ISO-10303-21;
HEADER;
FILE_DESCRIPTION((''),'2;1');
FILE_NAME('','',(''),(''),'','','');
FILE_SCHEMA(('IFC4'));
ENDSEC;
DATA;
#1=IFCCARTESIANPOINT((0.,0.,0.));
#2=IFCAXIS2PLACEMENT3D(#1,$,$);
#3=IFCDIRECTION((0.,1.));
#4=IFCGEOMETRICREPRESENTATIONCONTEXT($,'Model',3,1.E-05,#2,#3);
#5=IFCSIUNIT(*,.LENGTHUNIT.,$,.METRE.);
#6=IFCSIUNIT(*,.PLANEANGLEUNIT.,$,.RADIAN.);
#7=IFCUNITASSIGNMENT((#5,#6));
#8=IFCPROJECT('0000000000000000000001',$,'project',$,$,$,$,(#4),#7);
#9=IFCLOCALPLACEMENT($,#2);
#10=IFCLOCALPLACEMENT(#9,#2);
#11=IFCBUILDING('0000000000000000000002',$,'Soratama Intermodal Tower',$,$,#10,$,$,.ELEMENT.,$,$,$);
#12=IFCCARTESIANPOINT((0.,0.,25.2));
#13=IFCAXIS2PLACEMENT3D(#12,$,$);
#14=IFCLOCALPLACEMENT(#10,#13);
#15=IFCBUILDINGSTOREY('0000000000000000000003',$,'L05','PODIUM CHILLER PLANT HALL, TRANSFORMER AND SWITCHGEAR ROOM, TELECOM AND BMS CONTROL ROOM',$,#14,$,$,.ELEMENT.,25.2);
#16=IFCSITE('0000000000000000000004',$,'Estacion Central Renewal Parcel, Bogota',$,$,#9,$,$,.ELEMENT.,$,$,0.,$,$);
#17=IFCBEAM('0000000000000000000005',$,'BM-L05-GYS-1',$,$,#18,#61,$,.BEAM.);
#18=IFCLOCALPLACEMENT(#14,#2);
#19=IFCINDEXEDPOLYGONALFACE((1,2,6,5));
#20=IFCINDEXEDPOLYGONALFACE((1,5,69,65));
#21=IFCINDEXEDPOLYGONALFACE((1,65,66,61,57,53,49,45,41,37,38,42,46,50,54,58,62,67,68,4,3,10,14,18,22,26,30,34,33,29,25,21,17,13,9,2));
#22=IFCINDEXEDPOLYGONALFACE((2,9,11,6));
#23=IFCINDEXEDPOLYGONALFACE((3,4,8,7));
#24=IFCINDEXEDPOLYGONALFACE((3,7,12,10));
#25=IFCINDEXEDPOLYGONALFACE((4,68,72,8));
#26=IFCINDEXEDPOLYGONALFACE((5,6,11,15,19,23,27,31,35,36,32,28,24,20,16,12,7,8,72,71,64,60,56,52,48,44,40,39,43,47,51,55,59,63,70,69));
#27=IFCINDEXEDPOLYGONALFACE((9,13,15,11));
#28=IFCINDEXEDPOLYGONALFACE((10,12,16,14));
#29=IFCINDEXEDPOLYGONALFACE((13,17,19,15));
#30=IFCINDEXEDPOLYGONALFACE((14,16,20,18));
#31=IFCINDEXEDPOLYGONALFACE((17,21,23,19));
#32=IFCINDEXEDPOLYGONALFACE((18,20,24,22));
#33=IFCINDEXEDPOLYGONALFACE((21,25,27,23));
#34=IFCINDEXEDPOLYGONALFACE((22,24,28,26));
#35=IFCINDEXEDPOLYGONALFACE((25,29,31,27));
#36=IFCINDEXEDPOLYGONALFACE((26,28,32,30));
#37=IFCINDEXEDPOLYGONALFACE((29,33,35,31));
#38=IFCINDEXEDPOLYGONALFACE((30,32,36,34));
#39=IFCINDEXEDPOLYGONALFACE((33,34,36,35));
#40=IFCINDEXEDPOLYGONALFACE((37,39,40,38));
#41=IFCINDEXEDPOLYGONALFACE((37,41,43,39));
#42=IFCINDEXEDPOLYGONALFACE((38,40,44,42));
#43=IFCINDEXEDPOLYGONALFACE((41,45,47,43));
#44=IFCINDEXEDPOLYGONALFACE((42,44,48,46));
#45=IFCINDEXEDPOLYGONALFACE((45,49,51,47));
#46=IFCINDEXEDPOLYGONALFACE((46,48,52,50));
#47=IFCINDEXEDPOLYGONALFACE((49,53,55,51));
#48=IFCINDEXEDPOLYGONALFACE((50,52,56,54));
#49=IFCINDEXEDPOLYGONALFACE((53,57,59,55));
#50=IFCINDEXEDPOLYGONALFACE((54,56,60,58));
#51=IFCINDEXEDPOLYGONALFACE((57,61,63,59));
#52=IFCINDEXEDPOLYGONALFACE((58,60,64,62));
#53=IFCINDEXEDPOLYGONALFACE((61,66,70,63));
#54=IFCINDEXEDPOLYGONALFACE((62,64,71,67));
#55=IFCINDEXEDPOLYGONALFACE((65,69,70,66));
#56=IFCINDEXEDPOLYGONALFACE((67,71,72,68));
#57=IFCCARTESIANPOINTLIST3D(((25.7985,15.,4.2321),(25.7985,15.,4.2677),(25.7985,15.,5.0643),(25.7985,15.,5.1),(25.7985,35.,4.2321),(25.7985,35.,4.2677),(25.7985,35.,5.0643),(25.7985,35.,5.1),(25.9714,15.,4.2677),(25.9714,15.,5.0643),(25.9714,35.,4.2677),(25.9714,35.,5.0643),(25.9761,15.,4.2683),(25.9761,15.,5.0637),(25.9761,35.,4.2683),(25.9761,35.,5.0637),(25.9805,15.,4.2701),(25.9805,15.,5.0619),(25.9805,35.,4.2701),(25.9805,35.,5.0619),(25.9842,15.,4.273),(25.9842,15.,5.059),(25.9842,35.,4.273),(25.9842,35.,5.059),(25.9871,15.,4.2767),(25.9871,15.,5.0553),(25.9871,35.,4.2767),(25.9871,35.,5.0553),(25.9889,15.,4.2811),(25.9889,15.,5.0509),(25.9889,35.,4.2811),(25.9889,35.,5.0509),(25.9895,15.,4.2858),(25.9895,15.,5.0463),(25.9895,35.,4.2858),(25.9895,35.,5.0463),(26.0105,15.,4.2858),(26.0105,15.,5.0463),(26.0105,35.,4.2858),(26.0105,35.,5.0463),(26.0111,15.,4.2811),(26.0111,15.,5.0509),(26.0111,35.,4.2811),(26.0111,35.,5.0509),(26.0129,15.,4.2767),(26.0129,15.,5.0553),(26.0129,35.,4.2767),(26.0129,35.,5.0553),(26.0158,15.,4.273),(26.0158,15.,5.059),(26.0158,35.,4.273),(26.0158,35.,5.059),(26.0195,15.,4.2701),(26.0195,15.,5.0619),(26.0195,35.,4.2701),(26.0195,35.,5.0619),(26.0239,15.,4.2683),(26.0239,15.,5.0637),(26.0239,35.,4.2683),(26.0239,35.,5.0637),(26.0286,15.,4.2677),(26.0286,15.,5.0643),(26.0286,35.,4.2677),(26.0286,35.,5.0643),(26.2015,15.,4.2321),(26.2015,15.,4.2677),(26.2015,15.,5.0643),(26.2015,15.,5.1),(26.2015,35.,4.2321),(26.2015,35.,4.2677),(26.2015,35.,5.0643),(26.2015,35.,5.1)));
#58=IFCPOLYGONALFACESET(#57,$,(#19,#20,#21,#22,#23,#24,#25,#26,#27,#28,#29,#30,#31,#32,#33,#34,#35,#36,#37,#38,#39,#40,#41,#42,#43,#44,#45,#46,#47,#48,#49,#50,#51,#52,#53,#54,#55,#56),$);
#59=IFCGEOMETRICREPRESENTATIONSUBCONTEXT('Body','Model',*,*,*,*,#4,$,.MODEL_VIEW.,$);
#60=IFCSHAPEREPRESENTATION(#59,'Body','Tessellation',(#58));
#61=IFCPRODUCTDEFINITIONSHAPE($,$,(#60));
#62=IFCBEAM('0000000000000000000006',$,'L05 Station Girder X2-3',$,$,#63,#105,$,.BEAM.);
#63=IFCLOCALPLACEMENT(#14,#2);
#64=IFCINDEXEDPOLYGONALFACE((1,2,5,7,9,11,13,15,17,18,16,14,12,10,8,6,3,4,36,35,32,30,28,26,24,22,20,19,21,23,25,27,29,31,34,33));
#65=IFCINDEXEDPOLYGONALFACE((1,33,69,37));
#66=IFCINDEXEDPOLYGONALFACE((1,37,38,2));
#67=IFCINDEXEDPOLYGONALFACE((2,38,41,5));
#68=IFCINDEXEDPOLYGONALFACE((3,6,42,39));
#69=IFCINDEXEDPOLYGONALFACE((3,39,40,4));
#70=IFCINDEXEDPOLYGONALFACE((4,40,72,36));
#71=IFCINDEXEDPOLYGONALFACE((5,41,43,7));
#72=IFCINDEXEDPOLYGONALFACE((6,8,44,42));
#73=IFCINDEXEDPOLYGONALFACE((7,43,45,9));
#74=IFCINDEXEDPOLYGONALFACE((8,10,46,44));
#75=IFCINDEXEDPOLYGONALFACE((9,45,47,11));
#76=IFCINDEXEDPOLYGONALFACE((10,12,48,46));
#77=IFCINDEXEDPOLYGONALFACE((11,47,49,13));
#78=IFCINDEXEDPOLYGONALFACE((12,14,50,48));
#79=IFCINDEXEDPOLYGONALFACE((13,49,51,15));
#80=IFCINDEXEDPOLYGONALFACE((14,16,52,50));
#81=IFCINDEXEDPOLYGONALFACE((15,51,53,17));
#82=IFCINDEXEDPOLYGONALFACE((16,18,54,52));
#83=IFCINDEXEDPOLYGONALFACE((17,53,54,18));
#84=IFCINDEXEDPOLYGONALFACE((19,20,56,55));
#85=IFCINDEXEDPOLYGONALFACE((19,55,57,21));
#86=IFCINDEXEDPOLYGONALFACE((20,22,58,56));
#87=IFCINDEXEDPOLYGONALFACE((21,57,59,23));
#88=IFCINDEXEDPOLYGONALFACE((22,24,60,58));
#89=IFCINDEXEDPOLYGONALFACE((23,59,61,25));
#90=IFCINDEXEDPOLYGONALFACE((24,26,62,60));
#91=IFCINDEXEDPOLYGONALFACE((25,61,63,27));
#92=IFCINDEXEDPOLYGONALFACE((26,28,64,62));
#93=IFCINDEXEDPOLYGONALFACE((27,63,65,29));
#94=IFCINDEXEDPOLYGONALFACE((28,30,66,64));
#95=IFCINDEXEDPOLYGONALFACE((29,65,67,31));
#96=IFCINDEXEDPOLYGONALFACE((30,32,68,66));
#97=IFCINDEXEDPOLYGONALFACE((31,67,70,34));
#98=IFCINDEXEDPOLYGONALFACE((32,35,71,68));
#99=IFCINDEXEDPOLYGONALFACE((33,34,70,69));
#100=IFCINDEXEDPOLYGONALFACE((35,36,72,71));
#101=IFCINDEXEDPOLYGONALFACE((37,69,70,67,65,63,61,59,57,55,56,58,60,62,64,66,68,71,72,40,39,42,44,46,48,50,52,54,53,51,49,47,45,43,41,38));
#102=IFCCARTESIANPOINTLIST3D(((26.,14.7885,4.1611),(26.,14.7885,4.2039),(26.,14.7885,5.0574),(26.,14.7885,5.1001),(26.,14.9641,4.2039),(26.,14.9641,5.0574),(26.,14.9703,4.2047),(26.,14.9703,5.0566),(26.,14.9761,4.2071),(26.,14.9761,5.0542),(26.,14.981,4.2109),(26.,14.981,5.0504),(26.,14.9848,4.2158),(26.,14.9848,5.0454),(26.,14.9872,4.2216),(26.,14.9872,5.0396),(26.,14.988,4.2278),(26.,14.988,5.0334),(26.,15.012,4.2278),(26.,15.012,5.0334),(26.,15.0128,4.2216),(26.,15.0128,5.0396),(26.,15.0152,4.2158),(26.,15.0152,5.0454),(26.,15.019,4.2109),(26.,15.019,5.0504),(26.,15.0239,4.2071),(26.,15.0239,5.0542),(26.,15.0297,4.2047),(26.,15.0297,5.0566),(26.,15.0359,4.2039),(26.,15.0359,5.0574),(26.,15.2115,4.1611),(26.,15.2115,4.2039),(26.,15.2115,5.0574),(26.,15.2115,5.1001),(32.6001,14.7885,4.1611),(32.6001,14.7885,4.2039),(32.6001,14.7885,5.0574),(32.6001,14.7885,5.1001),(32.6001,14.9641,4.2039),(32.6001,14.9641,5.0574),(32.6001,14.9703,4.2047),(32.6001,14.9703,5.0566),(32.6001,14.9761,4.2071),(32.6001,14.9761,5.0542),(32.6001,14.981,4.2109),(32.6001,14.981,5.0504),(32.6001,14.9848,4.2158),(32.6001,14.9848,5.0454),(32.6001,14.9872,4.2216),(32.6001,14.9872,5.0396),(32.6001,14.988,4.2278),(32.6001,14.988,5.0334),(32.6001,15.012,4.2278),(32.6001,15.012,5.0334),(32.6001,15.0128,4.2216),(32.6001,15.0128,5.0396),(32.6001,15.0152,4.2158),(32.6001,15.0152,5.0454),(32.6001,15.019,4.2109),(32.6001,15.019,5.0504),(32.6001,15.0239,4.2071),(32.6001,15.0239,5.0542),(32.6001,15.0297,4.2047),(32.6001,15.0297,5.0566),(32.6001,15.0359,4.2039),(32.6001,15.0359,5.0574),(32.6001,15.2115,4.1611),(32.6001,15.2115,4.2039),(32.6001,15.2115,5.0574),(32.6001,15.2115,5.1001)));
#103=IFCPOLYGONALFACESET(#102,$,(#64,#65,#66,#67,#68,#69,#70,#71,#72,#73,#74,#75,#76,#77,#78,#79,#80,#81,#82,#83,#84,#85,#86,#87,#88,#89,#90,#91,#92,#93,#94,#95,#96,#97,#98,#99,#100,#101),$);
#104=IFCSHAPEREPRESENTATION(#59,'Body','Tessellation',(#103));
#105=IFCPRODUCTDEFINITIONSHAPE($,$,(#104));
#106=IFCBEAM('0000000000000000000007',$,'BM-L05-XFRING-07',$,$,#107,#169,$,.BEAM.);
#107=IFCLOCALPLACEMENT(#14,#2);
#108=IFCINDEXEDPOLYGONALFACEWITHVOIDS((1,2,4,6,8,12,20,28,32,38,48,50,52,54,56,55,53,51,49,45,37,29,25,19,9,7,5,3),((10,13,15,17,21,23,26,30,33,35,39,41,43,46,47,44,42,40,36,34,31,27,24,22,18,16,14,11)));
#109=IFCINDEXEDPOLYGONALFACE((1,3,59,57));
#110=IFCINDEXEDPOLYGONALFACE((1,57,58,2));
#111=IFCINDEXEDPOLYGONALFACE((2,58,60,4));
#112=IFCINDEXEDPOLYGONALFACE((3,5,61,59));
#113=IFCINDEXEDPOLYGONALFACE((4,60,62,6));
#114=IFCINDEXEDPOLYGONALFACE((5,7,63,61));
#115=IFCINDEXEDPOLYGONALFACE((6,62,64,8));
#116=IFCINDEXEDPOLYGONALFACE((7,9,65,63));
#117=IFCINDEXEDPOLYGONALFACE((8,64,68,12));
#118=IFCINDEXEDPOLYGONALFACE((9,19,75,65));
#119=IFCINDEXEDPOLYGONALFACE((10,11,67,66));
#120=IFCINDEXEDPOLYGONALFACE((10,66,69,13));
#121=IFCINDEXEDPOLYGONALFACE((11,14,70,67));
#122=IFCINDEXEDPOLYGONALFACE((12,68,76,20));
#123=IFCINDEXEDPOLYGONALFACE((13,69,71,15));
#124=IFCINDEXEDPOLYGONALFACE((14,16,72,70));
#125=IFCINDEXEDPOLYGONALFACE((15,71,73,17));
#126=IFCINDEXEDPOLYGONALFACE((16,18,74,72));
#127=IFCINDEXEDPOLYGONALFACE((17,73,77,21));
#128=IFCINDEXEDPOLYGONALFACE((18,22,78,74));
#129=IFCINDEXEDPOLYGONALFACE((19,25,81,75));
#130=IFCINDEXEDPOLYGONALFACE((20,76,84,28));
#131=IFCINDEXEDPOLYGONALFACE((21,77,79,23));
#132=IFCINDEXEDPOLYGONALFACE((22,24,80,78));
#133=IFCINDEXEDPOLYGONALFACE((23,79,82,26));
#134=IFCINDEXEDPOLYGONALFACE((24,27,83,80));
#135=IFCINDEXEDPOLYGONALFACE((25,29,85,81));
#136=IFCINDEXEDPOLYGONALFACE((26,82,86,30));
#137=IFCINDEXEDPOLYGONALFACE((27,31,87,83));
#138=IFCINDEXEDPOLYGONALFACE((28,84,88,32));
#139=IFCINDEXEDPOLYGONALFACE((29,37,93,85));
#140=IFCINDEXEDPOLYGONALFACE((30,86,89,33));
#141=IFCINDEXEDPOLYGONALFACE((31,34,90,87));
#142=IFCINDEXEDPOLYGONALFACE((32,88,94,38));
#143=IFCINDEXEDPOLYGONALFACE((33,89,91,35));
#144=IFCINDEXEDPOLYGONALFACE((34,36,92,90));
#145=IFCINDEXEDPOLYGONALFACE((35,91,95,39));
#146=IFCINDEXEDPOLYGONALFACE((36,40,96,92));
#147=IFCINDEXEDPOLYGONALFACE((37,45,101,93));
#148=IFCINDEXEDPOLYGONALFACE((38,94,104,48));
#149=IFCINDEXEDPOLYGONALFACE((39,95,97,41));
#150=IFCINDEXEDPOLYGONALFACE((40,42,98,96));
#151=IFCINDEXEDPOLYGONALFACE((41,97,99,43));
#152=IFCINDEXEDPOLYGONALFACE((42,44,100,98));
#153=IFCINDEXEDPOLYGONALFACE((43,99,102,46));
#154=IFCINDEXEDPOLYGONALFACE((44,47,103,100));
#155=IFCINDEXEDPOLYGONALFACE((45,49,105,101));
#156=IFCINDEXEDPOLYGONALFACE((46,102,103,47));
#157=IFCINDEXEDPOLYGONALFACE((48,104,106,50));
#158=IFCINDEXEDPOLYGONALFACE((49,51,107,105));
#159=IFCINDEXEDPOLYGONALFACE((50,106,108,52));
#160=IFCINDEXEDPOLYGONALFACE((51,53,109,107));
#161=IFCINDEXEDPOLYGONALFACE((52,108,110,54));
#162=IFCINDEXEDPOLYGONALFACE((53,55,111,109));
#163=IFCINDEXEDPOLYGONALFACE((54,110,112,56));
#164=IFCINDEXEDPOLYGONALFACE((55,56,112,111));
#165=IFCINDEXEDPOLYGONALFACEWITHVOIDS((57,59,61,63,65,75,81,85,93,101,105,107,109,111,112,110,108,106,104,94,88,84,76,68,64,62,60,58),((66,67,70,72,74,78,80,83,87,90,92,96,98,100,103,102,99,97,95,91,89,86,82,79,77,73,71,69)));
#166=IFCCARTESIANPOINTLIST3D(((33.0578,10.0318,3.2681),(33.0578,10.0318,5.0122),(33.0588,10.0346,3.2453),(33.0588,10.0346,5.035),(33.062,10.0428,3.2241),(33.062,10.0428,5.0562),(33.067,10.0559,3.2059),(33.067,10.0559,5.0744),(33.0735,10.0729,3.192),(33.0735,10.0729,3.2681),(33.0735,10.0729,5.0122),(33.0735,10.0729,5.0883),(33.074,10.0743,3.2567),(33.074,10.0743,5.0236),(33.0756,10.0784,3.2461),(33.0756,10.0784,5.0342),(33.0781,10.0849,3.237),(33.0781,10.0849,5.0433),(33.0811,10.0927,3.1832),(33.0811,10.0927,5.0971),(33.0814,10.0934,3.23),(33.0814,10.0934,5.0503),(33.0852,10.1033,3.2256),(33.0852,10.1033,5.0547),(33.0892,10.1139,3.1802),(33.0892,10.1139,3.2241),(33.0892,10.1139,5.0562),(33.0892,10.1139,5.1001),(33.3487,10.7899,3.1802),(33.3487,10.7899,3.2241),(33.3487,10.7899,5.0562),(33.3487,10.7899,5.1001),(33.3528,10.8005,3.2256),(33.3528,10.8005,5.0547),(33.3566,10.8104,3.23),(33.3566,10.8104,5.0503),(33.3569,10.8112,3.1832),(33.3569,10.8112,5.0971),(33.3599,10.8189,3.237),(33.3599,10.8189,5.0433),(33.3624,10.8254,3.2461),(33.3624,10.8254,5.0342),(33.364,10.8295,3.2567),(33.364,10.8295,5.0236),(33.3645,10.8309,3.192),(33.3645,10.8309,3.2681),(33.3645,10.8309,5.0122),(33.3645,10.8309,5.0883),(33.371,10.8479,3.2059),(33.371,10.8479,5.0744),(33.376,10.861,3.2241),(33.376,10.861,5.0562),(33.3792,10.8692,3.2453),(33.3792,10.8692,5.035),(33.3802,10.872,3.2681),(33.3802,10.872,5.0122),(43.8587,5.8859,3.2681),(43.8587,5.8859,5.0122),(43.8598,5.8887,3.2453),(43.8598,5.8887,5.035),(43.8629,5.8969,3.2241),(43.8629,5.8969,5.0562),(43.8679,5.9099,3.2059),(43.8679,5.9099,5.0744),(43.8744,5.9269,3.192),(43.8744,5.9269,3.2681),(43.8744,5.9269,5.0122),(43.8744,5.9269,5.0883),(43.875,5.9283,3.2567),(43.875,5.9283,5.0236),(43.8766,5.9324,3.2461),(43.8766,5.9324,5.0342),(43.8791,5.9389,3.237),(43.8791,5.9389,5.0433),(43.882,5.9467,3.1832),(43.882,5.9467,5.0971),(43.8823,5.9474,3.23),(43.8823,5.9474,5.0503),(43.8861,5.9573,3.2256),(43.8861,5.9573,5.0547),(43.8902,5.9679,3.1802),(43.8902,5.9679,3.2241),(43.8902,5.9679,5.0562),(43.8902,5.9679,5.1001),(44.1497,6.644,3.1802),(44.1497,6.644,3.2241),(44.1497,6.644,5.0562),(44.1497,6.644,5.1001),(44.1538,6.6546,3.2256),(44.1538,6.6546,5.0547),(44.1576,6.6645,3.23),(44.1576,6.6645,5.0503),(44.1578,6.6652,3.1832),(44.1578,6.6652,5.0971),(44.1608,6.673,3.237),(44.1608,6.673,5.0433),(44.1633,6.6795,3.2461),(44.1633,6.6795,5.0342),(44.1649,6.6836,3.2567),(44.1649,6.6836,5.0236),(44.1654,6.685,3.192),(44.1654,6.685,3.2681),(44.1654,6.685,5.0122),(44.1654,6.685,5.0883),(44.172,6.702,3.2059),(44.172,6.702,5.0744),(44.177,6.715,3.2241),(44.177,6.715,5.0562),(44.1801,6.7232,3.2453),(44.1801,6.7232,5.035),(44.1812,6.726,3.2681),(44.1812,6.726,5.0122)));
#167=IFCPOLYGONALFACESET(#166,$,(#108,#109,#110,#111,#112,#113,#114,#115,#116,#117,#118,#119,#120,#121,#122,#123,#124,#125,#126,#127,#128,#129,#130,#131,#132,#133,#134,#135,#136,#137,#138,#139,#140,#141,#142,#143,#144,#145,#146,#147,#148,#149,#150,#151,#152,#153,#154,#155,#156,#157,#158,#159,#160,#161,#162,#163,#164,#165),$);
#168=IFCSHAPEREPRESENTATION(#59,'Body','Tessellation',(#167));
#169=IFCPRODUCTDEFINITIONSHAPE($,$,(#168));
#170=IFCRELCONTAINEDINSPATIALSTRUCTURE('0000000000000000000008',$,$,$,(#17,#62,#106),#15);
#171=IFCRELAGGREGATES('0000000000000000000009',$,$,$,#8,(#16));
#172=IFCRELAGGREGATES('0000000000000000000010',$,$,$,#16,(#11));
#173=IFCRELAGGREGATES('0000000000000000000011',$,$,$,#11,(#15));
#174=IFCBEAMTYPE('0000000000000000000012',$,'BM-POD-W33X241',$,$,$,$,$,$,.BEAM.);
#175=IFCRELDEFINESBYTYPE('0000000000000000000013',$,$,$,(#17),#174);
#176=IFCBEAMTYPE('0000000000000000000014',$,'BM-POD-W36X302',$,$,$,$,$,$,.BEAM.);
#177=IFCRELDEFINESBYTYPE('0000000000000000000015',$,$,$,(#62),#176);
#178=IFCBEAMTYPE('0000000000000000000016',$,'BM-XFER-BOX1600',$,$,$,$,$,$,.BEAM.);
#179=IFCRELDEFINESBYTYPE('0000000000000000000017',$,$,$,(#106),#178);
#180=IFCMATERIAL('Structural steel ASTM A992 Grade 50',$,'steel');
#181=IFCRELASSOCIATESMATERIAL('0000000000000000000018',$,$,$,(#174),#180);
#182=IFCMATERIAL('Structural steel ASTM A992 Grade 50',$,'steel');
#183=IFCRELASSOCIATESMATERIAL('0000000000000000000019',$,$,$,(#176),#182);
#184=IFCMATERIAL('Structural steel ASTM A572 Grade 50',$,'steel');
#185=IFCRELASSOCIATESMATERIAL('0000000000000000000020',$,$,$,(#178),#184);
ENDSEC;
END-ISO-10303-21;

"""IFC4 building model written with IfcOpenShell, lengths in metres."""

from ifc_helpers import new_model, si_unit, direction, frame, origin, origin_2d, place, context, subcontext, project, spatial, hollow_rectangle, i_section, extrude, material, material_profile, profile_set, type_object, element, save


model = new_model("IFC4")

# Units and contexts
model_context = context("Model", 3, precision=1e-05, world=origin(), true_north=direction((0.0, 1.0)))
body_context = subcontext(model_context, "Body", "Model", "MODEL_VIEW")
ifc_project = project(units=[si_unit("LENGTHUNIT", "METRE"), si_unit("PLANEANGLEUNIT", "RADIAN")], contexts=[model_context])

# Site, building, storey
site_placement = place(None, origin())
site = spatial("IfcSite", under=ifc_project, at=site_placement, Name="Estacion Central Renewal Parcel, Bogota", CompositionType="ELEMENT", RefElevation=0.0)
building_placement = place(site_placement, origin())
building = spatial("IfcBuilding", under=site, at=building_placement, Name="Soratama Intermodal Tower", CompositionType="ELEMENT")
storey_placement = place(building_placement, frame((0.0, 0.0, 25.2)))
storey = spatial("IfcBuildingStorey", under=building, at=storey_placement, Name="L05", Description="PODIUM CHILLER PLANT HALL, TRANSFORMER AND SWITCHGEAR ROOM, TELECOM AND BMS CONTROL ROOM", CompositionType="ELEMENT", Elevation=25.2)

# Beams
ifc_material_1 = material(Name="Structural steel ASTM A992 Grade 50", Category="steel")
ifc_material_profile_1 = material_profile(ifc_material_1, i_section(OverallWidth=0.4031, OverallDepth=0.8679, WebThickness=0.021, FlangeThickness=0.0356, FilletRadius=0.0181, at=origin_2d()), Name="W33X241")
ifc_profile_set_1 = profile_set([ifc_material_profile_1], Name="Structural steel ASTM A992 Grade 50")
beam_type_1 = type_object("IfcBeamType", Name="BM-POD-W33X241", PredefinedType="BEAM", material=ifc_profile_set_1)
beam_1_placement = place(storey_placement, frame((26.0, 15.0, 4.666), z_axis=(0.0, 1.0, 0.0), x_axis=(-1.0, 0.0, 0.0)))
element("IfcBeam", 1, at=beam_1_placement, inside=storey, type_object=beam_type_1, Name="BM-L05-GYS-1", PredefinedType="BEAM", context=body_context, shape_type="SweptSolid", body=[
    extrude(i_section(OverallWidth=0.4031, OverallDepth=0.8679, WebThickness=0.021, FlangeThickness=0.0356, FilletRadius=0.0181, at=origin_2d()), origin(), (0.0, 0.0, 1.0), 20.0),
])
ifc_material_2 = material(Name="Structural steel ASTM A992 Grade 50", Category="steel")
ifc_material_profile_2 = material_profile(ifc_material_2, i_section(OverallWidth=0.4231, OverallDepth=0.939, WebThickness=0.0239, FlangeThickness=0.0427, FilletRadius=0.0239, at=origin_2d()), Name="W36X302")
ifc_profile_set_2 = profile_set([ifc_material_profile_2], Name="Structural steel ASTM A992 Grade 50")
beam_type_2 = type_object("IfcBeamType", Name="BM-POD-W36X302", PredefinedType="BEAM", material=ifc_profile_set_2)
beam_2_placement = place(storey_placement, frame((26.0, 15.0, 4.6306), z_axis=(1.0, 0.0, 0.0), x_axis=(0.0, 1.0, 0.0)))
element("IfcBeam", 2, at=beam_2_placement, inside=storey, type_object=beam_type_2, Name="L05 Station Girder X2-3", PredefinedType="BEAM", context=body_context, shape_type="SweptSolid", body=[
    extrude(i_section(OverallWidth=0.4231, OverallDepth=0.939, WebThickness=0.0239, FlangeThickness=0.0427, FilletRadius=0.0239, at=origin_2d()), origin(), (0.0, 0.0, 1.0), 6.6001),
])
ifc_material_3 = material(Name="Structural steel ASTM A572 Grade 50", Category="steel")
ifc_material_profile_3 = material_profile(ifc_material_3, hollow_rectangle(XDim=0.8999, YDim=1.9199, WallThickness=0.0439, InnerFilletRadius=0.0439, OuterFilletRadius=0.0879, at=origin_2d()), Name="BOX1600X900X40")
ifc_profile_set_3 = profile_set([ifc_material_profile_3], Name="Structural steel ASTM A572 Grade 50")
beam_type_3 = type_object("IfcBeamType", Name="BM-XFER-BOX1600", PredefinedType="BEAM", material=ifc_profile_set_3)
beam_3_placement = place(storey_placement, frame((33.219, 10.4519, 4.1401), z_axis=(0.933584, -0.358358, 0.0), x_axis=(0.358358, 0.933584, 0.0)))
element("IfcBeam", 3, at=beam_3_placement, inside=storey, type_object=beam_type_3, Name="BM-L05-XFRING-07", PredefinedType="BEAM", context=body_context, shape_type="SweptSolid", body=[
    extrude(hollow_rectangle(XDim=0.8999, YDim=1.9199, WallThickness=0.0439, InnerFilletRadius=0.0439, OuterFilletRadius=0.0879, at=origin_2d()), origin(), (0.0, 0.0, 1.0), 11.5693),
])

save(model, "model.ifc")
